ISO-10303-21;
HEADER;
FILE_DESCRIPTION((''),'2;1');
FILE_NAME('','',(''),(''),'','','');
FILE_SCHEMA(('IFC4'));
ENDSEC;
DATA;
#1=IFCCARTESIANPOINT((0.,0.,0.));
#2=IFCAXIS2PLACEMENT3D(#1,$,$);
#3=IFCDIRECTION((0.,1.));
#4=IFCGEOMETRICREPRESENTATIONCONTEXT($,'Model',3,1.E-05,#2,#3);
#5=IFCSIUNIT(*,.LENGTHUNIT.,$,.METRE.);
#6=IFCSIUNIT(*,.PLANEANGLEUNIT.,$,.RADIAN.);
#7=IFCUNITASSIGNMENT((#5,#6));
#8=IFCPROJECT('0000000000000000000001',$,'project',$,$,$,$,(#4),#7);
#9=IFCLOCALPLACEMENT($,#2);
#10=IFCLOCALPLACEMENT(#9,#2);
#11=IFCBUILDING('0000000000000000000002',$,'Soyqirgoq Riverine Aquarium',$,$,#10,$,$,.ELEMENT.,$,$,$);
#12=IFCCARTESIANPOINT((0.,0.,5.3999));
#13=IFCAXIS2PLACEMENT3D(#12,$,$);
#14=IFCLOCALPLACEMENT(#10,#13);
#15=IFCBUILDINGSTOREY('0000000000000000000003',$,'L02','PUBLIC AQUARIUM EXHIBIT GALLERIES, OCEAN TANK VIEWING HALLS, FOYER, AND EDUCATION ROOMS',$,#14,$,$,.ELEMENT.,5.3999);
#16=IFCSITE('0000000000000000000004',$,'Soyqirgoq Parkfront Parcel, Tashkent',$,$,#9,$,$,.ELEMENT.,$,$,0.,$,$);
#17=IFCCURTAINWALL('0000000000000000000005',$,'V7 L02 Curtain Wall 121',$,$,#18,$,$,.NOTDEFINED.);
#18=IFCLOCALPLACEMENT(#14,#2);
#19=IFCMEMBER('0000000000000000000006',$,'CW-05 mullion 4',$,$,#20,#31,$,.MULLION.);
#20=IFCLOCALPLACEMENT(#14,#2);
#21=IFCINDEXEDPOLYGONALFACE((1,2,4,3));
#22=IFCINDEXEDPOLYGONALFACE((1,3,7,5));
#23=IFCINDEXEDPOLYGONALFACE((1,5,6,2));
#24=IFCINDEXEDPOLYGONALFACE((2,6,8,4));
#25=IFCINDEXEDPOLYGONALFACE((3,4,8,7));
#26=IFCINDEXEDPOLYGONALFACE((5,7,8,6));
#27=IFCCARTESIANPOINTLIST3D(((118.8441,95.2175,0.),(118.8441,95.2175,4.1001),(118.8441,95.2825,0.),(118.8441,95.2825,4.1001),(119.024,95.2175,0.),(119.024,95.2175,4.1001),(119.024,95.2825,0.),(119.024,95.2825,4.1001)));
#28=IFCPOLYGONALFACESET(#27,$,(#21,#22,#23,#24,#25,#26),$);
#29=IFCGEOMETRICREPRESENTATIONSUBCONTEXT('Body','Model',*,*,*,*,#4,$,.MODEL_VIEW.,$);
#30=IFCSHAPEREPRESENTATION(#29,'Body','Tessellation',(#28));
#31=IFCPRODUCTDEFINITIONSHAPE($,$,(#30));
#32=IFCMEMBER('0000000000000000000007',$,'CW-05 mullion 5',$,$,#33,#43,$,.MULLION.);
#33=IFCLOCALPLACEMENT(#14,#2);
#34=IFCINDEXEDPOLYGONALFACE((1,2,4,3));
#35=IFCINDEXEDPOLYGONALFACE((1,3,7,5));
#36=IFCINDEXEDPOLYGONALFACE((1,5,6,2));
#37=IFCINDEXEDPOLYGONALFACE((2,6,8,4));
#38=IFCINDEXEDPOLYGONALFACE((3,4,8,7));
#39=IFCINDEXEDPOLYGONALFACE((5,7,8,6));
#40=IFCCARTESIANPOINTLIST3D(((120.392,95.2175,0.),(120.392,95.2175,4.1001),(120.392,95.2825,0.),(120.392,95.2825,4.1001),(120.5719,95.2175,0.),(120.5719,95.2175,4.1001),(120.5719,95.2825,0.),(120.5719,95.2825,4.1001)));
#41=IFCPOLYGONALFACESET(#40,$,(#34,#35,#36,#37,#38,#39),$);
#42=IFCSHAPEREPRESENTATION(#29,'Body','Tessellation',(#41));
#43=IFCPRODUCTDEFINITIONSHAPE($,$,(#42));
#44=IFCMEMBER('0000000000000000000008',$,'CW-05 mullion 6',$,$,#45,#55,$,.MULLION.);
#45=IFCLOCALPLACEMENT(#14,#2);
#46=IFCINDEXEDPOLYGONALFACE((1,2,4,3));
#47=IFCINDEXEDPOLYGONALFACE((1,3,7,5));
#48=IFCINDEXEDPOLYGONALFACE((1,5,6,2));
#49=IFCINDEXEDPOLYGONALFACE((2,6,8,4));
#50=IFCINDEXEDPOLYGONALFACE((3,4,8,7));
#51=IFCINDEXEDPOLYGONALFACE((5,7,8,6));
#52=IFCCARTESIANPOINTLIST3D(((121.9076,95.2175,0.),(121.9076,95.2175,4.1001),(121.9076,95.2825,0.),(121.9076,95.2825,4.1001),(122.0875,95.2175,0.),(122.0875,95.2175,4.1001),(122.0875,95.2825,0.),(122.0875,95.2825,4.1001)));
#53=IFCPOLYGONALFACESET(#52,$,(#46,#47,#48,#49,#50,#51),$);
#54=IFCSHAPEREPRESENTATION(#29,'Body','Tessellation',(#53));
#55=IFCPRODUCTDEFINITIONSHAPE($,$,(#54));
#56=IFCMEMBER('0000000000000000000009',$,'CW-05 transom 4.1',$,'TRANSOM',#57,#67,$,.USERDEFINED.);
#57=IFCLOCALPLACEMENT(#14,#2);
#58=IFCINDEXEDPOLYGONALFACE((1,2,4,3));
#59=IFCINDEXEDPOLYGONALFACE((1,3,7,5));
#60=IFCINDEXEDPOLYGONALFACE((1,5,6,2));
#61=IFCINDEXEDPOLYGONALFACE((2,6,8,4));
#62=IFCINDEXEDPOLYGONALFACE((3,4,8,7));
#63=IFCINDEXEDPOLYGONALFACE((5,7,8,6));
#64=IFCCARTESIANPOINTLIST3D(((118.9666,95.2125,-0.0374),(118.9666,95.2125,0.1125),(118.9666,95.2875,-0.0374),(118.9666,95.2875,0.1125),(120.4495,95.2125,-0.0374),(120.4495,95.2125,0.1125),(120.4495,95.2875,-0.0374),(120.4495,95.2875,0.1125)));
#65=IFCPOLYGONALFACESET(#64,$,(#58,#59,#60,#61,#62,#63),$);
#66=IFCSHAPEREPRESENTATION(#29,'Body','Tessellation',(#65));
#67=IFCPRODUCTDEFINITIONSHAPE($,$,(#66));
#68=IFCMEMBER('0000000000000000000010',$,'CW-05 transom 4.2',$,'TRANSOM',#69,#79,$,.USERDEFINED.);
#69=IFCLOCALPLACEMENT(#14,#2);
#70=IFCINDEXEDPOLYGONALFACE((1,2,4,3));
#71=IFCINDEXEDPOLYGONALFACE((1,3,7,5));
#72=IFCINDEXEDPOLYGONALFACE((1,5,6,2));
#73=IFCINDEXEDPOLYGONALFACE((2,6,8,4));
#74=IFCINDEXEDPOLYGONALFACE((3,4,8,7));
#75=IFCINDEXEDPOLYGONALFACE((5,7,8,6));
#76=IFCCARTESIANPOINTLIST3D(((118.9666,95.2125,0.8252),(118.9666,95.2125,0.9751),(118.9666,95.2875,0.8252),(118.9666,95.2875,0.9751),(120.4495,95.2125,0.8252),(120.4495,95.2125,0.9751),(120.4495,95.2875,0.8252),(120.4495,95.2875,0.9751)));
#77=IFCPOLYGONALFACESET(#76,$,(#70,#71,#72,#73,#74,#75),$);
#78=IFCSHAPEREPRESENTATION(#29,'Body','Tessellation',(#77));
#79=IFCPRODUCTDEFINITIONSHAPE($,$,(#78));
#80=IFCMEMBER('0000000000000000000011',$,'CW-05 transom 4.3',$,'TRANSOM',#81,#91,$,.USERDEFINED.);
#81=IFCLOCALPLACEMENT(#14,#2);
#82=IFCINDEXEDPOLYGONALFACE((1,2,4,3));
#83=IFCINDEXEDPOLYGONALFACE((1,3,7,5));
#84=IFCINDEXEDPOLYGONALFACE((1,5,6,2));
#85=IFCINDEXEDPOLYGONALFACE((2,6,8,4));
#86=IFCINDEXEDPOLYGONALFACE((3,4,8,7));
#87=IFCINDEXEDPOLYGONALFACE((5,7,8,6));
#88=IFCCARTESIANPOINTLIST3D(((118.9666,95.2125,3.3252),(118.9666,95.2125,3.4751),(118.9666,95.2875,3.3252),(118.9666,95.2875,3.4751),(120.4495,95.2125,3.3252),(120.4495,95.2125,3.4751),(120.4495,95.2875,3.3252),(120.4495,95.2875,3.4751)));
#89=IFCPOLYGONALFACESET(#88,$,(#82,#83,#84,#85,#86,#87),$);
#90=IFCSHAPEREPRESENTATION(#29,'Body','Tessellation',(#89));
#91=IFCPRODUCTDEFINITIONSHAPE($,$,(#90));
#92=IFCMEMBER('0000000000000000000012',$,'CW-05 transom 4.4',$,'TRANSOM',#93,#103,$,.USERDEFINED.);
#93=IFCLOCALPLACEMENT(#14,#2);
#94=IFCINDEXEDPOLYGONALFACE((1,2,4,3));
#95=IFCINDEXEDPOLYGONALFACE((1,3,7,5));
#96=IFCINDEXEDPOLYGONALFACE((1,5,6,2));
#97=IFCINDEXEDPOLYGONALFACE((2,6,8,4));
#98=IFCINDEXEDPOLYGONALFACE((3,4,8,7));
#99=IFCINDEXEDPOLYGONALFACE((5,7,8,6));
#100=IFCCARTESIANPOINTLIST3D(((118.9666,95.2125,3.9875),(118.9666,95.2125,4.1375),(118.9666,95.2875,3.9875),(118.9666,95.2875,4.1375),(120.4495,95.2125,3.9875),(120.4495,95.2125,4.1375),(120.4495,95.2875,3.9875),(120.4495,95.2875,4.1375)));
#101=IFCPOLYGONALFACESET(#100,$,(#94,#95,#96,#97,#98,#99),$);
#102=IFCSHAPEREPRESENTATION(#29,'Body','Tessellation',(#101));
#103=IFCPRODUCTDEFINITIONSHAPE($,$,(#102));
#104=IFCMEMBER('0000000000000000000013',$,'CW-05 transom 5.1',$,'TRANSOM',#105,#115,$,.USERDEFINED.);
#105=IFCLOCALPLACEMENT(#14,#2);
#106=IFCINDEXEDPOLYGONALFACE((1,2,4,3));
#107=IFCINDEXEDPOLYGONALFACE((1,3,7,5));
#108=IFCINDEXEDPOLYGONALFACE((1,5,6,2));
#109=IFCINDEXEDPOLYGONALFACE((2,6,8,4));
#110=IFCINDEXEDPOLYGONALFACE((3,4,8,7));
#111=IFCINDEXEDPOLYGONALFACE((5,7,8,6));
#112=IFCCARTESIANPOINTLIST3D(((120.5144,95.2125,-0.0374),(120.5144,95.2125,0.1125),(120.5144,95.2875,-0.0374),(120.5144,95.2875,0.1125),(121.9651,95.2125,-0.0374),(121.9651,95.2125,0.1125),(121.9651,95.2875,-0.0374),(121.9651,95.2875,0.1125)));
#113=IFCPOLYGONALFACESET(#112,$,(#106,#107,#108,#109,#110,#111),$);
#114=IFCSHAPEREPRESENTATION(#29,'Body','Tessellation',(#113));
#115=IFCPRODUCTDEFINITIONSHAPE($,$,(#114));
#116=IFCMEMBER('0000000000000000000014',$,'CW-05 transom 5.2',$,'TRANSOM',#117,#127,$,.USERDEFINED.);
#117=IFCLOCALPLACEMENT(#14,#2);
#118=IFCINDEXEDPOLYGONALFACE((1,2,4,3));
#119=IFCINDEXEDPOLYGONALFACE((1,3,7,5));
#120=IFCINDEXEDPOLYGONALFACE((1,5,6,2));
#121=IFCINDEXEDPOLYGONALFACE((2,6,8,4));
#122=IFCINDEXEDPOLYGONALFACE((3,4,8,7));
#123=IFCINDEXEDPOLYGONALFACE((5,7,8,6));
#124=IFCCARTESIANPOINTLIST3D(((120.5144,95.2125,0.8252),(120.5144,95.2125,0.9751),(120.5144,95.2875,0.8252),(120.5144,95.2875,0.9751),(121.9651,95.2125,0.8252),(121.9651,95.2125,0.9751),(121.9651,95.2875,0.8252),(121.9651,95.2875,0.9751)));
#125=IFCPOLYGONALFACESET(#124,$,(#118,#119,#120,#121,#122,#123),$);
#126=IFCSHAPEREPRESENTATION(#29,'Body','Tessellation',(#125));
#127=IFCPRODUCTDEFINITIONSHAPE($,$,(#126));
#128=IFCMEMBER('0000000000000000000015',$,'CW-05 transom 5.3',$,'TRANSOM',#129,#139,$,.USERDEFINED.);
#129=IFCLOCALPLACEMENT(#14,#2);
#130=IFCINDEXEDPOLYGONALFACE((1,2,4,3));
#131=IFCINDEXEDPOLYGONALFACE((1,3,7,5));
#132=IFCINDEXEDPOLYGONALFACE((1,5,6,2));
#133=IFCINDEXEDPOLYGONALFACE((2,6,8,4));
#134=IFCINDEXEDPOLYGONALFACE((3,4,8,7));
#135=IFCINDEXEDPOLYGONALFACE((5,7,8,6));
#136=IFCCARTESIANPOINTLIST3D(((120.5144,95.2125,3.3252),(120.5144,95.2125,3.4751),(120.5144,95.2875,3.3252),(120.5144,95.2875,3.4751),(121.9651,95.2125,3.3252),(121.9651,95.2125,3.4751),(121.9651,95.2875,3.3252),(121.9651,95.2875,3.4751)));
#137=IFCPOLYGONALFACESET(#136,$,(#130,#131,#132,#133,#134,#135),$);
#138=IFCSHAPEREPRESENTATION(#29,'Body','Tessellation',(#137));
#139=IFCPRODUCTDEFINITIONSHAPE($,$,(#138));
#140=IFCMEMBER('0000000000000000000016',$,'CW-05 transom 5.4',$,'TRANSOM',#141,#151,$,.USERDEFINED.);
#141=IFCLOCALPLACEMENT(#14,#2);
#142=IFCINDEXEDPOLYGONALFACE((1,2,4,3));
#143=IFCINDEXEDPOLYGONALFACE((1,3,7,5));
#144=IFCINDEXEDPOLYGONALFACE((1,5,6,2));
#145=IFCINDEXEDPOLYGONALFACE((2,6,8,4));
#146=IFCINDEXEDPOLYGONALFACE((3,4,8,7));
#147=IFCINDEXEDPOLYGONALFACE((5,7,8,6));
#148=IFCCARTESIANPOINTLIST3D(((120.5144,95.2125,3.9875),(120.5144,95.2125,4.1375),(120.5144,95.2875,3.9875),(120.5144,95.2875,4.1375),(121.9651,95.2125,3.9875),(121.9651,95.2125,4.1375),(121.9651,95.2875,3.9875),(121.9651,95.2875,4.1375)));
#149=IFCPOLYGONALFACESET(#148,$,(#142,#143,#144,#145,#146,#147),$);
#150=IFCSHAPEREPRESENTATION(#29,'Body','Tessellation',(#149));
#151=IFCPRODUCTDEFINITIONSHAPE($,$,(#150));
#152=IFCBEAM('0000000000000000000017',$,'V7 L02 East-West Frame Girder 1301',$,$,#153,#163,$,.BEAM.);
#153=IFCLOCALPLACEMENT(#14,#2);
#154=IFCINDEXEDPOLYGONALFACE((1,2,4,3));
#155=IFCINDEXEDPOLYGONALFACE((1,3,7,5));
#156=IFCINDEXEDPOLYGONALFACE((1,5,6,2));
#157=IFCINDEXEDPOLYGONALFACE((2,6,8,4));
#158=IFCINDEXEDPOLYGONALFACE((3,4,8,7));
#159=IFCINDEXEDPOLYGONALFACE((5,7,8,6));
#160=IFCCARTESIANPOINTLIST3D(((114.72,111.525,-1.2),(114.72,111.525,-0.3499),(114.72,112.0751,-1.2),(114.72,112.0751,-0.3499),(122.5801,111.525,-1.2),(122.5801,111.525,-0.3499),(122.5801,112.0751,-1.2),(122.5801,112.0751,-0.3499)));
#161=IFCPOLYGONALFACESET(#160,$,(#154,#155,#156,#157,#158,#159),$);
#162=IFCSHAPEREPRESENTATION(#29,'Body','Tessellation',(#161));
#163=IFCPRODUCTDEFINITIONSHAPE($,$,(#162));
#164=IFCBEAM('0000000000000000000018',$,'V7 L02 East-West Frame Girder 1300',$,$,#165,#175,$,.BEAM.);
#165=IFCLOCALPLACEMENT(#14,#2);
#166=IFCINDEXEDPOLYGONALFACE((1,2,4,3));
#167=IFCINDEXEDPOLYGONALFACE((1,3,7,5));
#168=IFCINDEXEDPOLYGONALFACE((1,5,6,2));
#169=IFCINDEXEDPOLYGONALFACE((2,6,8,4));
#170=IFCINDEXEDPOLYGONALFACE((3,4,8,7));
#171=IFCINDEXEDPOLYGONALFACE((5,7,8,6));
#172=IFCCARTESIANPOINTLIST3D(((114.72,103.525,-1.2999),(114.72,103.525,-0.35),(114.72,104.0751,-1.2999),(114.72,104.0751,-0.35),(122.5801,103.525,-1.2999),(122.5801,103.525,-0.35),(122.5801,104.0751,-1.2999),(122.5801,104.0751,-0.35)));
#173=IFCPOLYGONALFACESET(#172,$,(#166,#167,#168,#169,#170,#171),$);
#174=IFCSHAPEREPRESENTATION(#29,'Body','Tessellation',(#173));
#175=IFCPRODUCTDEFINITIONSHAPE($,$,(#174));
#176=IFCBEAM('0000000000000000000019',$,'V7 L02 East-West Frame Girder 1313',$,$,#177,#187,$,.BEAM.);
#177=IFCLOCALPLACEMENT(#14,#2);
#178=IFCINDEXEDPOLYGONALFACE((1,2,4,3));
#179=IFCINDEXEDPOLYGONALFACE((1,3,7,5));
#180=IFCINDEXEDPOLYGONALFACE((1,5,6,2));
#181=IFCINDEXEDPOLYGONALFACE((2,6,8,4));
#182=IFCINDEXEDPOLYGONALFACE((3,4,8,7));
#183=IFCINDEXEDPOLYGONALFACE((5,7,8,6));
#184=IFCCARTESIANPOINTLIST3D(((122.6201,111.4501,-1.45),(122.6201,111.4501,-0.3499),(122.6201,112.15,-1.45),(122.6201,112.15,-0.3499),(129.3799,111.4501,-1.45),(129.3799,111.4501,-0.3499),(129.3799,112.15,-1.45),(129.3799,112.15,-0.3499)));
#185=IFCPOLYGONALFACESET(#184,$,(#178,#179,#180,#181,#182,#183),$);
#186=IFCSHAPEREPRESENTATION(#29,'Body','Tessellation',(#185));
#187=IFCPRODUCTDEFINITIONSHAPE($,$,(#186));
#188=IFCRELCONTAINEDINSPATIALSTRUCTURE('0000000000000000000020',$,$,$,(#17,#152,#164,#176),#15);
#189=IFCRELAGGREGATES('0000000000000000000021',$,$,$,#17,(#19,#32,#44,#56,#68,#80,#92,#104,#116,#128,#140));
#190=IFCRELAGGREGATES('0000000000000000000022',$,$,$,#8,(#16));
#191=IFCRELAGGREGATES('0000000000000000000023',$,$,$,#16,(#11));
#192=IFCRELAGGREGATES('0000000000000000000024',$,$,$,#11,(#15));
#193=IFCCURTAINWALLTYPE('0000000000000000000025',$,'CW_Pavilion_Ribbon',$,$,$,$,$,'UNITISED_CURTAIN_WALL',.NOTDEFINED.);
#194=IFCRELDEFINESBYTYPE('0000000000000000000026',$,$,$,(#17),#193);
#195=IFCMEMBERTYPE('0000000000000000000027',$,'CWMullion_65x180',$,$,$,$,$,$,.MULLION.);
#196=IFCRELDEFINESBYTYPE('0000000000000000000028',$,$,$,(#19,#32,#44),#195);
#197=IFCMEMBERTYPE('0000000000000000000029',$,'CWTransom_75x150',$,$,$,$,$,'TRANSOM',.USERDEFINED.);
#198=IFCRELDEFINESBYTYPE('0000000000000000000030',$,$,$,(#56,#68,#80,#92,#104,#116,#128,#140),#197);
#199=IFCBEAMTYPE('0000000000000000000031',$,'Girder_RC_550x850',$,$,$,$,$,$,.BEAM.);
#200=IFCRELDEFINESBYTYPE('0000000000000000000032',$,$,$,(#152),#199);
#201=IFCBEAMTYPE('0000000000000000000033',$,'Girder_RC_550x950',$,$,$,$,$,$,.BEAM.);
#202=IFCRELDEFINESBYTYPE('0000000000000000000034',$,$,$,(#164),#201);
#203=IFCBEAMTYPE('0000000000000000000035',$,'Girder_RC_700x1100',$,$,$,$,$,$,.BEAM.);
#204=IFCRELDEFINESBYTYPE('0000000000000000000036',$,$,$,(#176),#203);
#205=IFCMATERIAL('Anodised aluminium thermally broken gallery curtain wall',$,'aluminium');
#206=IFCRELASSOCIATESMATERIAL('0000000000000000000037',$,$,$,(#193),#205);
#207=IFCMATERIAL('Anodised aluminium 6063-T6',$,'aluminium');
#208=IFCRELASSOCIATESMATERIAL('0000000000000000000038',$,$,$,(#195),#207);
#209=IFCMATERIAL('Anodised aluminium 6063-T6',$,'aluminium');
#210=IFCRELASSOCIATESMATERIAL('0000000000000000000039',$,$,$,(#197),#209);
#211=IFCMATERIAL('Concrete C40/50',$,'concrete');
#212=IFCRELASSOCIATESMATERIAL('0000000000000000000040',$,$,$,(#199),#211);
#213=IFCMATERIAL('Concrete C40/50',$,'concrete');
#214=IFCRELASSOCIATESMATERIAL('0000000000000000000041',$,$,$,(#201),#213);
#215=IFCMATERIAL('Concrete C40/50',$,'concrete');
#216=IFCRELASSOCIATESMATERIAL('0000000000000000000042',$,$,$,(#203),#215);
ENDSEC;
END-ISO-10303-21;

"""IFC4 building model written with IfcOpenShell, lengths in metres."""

from ifc_helpers import new_model, si_unit, direction, frame, origin, origin_2d, place, context, subcontext, project, spatial, rectangle, extrude, material, material_profile, profile_set, type_object, element, aggregate, save


model = new_model("IFC4")

# Units and contexts
model_context = context("Model", 3, precision=1e-05, world=origin(), true_north=direction((0.0, 1.0)))
body_context = subcontext(model_context, "Body", "Model", "MODEL_VIEW")
ifc_project = project(units=[si_unit("LENGTHUNIT", "METRE"), si_unit("PLANEANGLEUNIT", "RADIAN")], contexts=[model_context])

# Site, building, storey
site_placement = place(None, origin())
site = spatial("IfcSite", under=ifc_project, at=site_placement, Name="Soyqirgoq Parkfront Parcel, Tashkent", CompositionType="ELEMENT", RefElevation=0.0)
building_placement = place(site_placement, origin())
building = spatial("IfcBuilding", under=site, at=building_placement, Name="Soyqirgoq Riverine Aquarium", CompositionType="ELEMENT")
storey_placement = place(building_placement, frame((0.0, 0.0, 5.3999)))
storey = spatial("IfcBuildingStorey", under=building, at=storey_placement, Name="L02", Description="PUBLIC AQUARIUM EXHIBIT GALLERIES, OCEAN TANK VIEWING HALLS, FOYER, AND EDUCATION ROOMS", CompositionType="ELEMENT", Elevation=5.3999)

# Curtain wall, members
ifc_material_1 = material(Name="Anodised aluminium thermally broken gallery curtain wall", Category="aluminium")
curtain_wall_type = type_object("IfcCurtainWallType", Name="CW_Pavilion_Ribbon", ElementType="UNITISED_CURTAIN_WALL", PredefinedType="NOTDEFINED", material=ifc_material_1)
curtain_wall_placement = place(storey_placement, origin())
curtain_wall = element("IfcCurtainWall", 1, at=curtain_wall_placement, inside=storey, type_object=curtain_wall_type, Name="V7 L02 Curtain Wall 121", PredefinedType="NOTDEFINED")
ifc_material_2 = material(Name="Anodised aluminium 6063-T6", Category="aluminium")
ifc_material_profile_1 = material_profile(ifc_material_2, rectangle(XDim=0.0649, YDim=0.1799, at=origin_2d()), Name="ALU-M 65x180")
ifc_profile_set_1 = profile_set([ifc_material_profile_1], Name="Anodised aluminium 6063-T6")
member_type_1 = type_object("IfcMemberType", Name="CWMullion_65x180", PredefinedType="MULLION", material=ifc_profile_set_1)
member_1_placement = place(storey_placement, frame((118.9341, 95.25, 0.0), z_axis=(0.0, 0.0, 1.0), x_axis=(0.0, 1.0, 0.0)))
member_1 = element("IfcMember", 2, at=member_1_placement, type_object=member_type_1, Name="CW-05 mullion 4", PredefinedType="MULLION", context=body_context, shape_type="SweptSolid", body=[
    extrude(rectangle(XDim=0.0649, YDim=0.1799, at=origin_2d()), origin(), (0.0, 0.0, 1.0), 4.1001),
])
member_2_placement = place(storey_placement, frame((120.4819, 95.25, 0.0), z_axis=(0.0, 0.0, 1.0), x_axis=(0.0, 1.0, 0.0)))
member_2 = element("IfcMember", 3, at=member_2_placement, type_object=member_type_1, Name="CW-05 mullion 5", PredefinedType="MULLION", context=body_context, shape_type="SweptSolid", body=[
    extrude(rectangle(XDim=0.0649, YDim=0.1799, at=origin_2d()), origin(), (0.0, 0.0, 1.0), 4.1001),
])
member_3_placement = place(storey_placement, frame((121.9976, 95.25, 0.0), z_axis=(0.0, 0.0, 1.0), x_axis=(0.0, 1.0, 0.0)))
member_3 = element("IfcMember", 4, at=member_3_placement, type_object=member_type_1, Name="CW-05 mullion 6", PredefinedType="MULLION", context=body_context, shape_type="SweptSolid", body=[
    extrude(rectangle(XDim=0.0649, YDim=0.1799, at=origin_2d()), origin(), (0.0, 0.0, 1.0), 4.1001),
])
ifc_material_3 = material(Name="Anodised aluminium 6063-T6", Category="aluminium")
ifc_material_profile_2 = material_profile(ifc_material_3, rectangle(XDim=0.075, YDim=0.1499, at=origin_2d()), Name="ALU-T 75x150")
ifc_profile_set_2 = profile_set([ifc_material_profile_2], Name="Anodised aluminium 6063-T6")
member_type_2 = type_object("IfcMemberType", Name="CWTransom_75x150", ElementType="TRANSOM", PredefinedType="USERDEFINED", material=ifc_profile_set_2)
member_4_placement = place(storey_placement, frame((118.9666, 95.25, 0.0376), z_axis=(1.0, 0.0, 0.0), x_axis=(0.0, 1.0, 0.0)))
member_4 = element("IfcMember", 5, at=member_4_placement, type_object=member_type_2, Name="CW-05 transom 4.1", ObjectType="TRANSOM", PredefinedType="USERDEFINED", context=body_context, shape_type="SweptSolid", body=[
    extrude(rectangle(XDim=0.075, YDim=0.1499, at=origin_2d()), origin(), (0.0, 0.0, 1.0), 1.4829),
])
member_5_placement = place(storey_placement, frame((118.9666, 95.25, 0.9001), z_axis=(1.0, 0.0, 0.0), x_axis=(0.0, 1.0, 0.0)))
member_5 = element("IfcMember", 6, at=member_5_placement, type_object=member_type_2, Name="CW-05 transom 4.2", ObjectType="TRANSOM", PredefinedType="USERDEFINED", context=body_context, shape_type="SweptSolid", body=[
    extrude(rectangle(XDim=0.075, YDim=0.1499, at=origin_2d()), origin(), (0.0, 0.0, 1.0), 1.4829),
])
member_6_placement = place(storey_placement, frame((118.9666, 95.25, 3.4001), z_axis=(1.0, 0.0, 0.0), x_axis=(0.0, 1.0, 0.0)))
member_6 = element("IfcMember", 7, at=member_6_placement, type_object=member_type_2, Name="CW-05 transom 4.3", ObjectType="TRANSOM", PredefinedType="USERDEFINED", context=body_context, shape_type="SweptSolid", body=[
    extrude(rectangle(XDim=0.075, YDim=0.1499, at=origin_2d()), origin(), (0.0, 0.0, 1.0), 1.4829),
])
member_7_placement = place(storey_placement, frame((118.9666, 95.25, 4.0625), z_axis=(1.0, 0.0, 0.0), x_axis=(0.0, 1.0, 0.0)))
member_7 = element("IfcMember", 8, at=member_7_placement, type_object=member_type_2, Name="CW-05 transom 4.4", ObjectType="TRANSOM", PredefinedType="USERDEFINED", context=body_context, shape_type="SweptSolid", body=[
    extrude(rectangle(XDim=0.075, YDim=0.1499, at=origin_2d()), origin(), (0.0, 0.0, 1.0), 1.4829),
])
member_8_placement = place(storey_placement, frame((120.5144, 95.25, 0.0376), z_axis=(1.0, 0.0, 0.0), x_axis=(0.0, 1.0, 0.0)))
member_8 = element("IfcMember", 9, at=member_8_placement, type_object=member_type_2, Name="CW-05 transom 5.1", ObjectType="TRANSOM", PredefinedType="USERDEFINED", context=body_context, shape_type="SweptSolid", body=[
    extrude(rectangle(XDim=0.075, YDim=0.1499, at=origin_2d()), origin(), (0.0, 0.0, 1.0), 1.4507),
])
member_9_placement = place(storey_placement, frame((120.5144, 95.25, 0.9001), z_axis=(1.0, 0.0, 0.0), x_axis=(0.0, 1.0, 0.0)))
member_9 = element("IfcMember", 10, at=member_9_placement, type_object=member_type_2, Name="CW-05 transom 5.2", ObjectType="TRANSOM", PredefinedType="USERDEFINED", context=body_context, shape_type="SweptSolid", body=[
    extrude(rectangle(XDim=0.075, YDim=0.1499, at=origin_2d()), origin(), (0.0, 0.0, 1.0), 1.4507),
])
member_10_placement = place(storey_placement, frame((120.5144, 95.25, 3.4001), z_axis=(1.0, 0.0, 0.0), x_axis=(0.0, 1.0, 0.0)))
member_10 = element("IfcMember", 11, at=member_10_placement, type_object=member_type_2, Name="CW-05 transom 5.3", ObjectType="TRANSOM", PredefinedType="USERDEFINED", context=body_context, shape_type="SweptSolid", body=[
    extrude(rectangle(XDim=0.075, YDim=0.1499, at=origin_2d()), origin(), (0.0, 0.0, 1.0), 1.4507),
])
member_11_placement = place(storey_placement, frame((120.5144, 95.25, 4.0625), z_axis=(1.0, 0.0, 0.0), x_axis=(0.0, 1.0, 0.0)))
member_11 = element("IfcMember", 12, at=member_11_placement, type_object=member_type_2, Name="CW-05 transom 5.4", ObjectType="TRANSOM", PredefinedType="USERDEFINED", context=body_context, shape_type="SweptSolid", body=[
    extrude(rectangle(XDim=0.075, YDim=0.1499, at=origin_2d()), origin(), (0.0, 0.0, 1.0), 1.4507),
])

# Beams
ifc_material_4 = material(Name="Concrete C40/50", Category="concrete")
ifc_material_profile_3 = material_profile(ifc_material_4, rectangle(XDim=0.55, YDim=0.8501, at=origin_2d()), Name="RC 550x850")
ifc_profile_set_3 = profile_set([ifc_material_profile_3], Name="Concrete C40/50")
beam_type_1 = type_object("IfcBeamType", Name="Girder_RC_550x850", PredefinedType="BEAM", material=ifc_profile_set_3)
beam_1_placement = place(storey_placement, frame((114.72, 111.8, -0.7749), z_axis=(1.0, 0.0, 0.0), x_axis=(0.0, 1.0, 0.0)))
element("IfcBeam", 13, at=beam_1_placement, inside=storey, type_object=beam_type_1, Name="V7 L02 East-West Frame Girder 1301", PredefinedType="BEAM", context=body_context, shape_type="SweptSolid", body=[
    extrude(rectangle(XDim=0.55, YDim=0.8501, at=origin_2d()), origin(), (0.0, 0.0, 1.0), 7.8601),
])
ifc_material_5 = material(Name="Concrete C40/50", Category="concrete")
ifc_material_profile_4 = material_profile(ifc_material_5, rectangle(XDim=0.55, YDim=0.95, at=origin_2d()), Name="RC 550x950")
ifc_profile_set_4 = profile_set([ifc_material_profile_4], Name="Concrete C40/50")
beam_type_2 = type_object("IfcBeamType", Name="Girder_RC_550x950", PredefinedType="BEAM", material=ifc_profile_set_4)
beam_2_placement = place(storey_placement, frame((114.72, 103.8, -0.825), z_axis=(1.0, 0.0, 0.0), x_axis=(0.0, 1.0, 0.0)))
element("IfcBeam", 14, at=beam_2_placement, inside=storey, type_object=beam_type_2, Name="V7 L02 East-West Frame Girder 1300", PredefinedType="BEAM", context=body_context, shape_type="SweptSolid", body=[
    extrude(rectangle(XDim=0.55, YDim=0.95, at=origin_2d()), origin(), (0.0, 0.0, 1.0), 7.8601),
])
ifc_material_6 = material(Name="Concrete C40/50", Category="concrete")
ifc_material_profile_5 = material_profile(ifc_material_6, rectangle(XDim=0.7, YDim=1.1001, at=origin_2d()), Name="RC 700x1100")
ifc_profile_set_5 = profile_set([ifc_material_profile_5], Name="Concrete C40/50")
beam_type_3 = type_object("IfcBeamType", Name="Girder_RC_700x1100", PredefinedType="BEAM", material=ifc_profile_set_5)
beam_3_placement = place(storey_placement, frame((122.6201, 111.8, -0.8999), z_axis=(1.0, 0.0, 0.0), x_axis=(0.0, 1.0, 0.0)))
element("IfcBeam", 15, at=beam_3_placement, inside=storey, type_object=beam_type_3, Name="V7 L02 East-West Frame Girder 1313", PredefinedType="BEAM", context=body_context, shape_type="SweptSolid", body=[
    extrude(rectangle(XDim=0.7, YDim=1.1001, at=origin_2d()), origin(), (0.0, 0.0, 1.0), 6.7598),
])

aggregate(curtain_wall, [member_1, member_2, member_3, member_4, member_5, member_6, member_7, member_8, member_9, member_10, member_11])

save(model, "model.ifc")
